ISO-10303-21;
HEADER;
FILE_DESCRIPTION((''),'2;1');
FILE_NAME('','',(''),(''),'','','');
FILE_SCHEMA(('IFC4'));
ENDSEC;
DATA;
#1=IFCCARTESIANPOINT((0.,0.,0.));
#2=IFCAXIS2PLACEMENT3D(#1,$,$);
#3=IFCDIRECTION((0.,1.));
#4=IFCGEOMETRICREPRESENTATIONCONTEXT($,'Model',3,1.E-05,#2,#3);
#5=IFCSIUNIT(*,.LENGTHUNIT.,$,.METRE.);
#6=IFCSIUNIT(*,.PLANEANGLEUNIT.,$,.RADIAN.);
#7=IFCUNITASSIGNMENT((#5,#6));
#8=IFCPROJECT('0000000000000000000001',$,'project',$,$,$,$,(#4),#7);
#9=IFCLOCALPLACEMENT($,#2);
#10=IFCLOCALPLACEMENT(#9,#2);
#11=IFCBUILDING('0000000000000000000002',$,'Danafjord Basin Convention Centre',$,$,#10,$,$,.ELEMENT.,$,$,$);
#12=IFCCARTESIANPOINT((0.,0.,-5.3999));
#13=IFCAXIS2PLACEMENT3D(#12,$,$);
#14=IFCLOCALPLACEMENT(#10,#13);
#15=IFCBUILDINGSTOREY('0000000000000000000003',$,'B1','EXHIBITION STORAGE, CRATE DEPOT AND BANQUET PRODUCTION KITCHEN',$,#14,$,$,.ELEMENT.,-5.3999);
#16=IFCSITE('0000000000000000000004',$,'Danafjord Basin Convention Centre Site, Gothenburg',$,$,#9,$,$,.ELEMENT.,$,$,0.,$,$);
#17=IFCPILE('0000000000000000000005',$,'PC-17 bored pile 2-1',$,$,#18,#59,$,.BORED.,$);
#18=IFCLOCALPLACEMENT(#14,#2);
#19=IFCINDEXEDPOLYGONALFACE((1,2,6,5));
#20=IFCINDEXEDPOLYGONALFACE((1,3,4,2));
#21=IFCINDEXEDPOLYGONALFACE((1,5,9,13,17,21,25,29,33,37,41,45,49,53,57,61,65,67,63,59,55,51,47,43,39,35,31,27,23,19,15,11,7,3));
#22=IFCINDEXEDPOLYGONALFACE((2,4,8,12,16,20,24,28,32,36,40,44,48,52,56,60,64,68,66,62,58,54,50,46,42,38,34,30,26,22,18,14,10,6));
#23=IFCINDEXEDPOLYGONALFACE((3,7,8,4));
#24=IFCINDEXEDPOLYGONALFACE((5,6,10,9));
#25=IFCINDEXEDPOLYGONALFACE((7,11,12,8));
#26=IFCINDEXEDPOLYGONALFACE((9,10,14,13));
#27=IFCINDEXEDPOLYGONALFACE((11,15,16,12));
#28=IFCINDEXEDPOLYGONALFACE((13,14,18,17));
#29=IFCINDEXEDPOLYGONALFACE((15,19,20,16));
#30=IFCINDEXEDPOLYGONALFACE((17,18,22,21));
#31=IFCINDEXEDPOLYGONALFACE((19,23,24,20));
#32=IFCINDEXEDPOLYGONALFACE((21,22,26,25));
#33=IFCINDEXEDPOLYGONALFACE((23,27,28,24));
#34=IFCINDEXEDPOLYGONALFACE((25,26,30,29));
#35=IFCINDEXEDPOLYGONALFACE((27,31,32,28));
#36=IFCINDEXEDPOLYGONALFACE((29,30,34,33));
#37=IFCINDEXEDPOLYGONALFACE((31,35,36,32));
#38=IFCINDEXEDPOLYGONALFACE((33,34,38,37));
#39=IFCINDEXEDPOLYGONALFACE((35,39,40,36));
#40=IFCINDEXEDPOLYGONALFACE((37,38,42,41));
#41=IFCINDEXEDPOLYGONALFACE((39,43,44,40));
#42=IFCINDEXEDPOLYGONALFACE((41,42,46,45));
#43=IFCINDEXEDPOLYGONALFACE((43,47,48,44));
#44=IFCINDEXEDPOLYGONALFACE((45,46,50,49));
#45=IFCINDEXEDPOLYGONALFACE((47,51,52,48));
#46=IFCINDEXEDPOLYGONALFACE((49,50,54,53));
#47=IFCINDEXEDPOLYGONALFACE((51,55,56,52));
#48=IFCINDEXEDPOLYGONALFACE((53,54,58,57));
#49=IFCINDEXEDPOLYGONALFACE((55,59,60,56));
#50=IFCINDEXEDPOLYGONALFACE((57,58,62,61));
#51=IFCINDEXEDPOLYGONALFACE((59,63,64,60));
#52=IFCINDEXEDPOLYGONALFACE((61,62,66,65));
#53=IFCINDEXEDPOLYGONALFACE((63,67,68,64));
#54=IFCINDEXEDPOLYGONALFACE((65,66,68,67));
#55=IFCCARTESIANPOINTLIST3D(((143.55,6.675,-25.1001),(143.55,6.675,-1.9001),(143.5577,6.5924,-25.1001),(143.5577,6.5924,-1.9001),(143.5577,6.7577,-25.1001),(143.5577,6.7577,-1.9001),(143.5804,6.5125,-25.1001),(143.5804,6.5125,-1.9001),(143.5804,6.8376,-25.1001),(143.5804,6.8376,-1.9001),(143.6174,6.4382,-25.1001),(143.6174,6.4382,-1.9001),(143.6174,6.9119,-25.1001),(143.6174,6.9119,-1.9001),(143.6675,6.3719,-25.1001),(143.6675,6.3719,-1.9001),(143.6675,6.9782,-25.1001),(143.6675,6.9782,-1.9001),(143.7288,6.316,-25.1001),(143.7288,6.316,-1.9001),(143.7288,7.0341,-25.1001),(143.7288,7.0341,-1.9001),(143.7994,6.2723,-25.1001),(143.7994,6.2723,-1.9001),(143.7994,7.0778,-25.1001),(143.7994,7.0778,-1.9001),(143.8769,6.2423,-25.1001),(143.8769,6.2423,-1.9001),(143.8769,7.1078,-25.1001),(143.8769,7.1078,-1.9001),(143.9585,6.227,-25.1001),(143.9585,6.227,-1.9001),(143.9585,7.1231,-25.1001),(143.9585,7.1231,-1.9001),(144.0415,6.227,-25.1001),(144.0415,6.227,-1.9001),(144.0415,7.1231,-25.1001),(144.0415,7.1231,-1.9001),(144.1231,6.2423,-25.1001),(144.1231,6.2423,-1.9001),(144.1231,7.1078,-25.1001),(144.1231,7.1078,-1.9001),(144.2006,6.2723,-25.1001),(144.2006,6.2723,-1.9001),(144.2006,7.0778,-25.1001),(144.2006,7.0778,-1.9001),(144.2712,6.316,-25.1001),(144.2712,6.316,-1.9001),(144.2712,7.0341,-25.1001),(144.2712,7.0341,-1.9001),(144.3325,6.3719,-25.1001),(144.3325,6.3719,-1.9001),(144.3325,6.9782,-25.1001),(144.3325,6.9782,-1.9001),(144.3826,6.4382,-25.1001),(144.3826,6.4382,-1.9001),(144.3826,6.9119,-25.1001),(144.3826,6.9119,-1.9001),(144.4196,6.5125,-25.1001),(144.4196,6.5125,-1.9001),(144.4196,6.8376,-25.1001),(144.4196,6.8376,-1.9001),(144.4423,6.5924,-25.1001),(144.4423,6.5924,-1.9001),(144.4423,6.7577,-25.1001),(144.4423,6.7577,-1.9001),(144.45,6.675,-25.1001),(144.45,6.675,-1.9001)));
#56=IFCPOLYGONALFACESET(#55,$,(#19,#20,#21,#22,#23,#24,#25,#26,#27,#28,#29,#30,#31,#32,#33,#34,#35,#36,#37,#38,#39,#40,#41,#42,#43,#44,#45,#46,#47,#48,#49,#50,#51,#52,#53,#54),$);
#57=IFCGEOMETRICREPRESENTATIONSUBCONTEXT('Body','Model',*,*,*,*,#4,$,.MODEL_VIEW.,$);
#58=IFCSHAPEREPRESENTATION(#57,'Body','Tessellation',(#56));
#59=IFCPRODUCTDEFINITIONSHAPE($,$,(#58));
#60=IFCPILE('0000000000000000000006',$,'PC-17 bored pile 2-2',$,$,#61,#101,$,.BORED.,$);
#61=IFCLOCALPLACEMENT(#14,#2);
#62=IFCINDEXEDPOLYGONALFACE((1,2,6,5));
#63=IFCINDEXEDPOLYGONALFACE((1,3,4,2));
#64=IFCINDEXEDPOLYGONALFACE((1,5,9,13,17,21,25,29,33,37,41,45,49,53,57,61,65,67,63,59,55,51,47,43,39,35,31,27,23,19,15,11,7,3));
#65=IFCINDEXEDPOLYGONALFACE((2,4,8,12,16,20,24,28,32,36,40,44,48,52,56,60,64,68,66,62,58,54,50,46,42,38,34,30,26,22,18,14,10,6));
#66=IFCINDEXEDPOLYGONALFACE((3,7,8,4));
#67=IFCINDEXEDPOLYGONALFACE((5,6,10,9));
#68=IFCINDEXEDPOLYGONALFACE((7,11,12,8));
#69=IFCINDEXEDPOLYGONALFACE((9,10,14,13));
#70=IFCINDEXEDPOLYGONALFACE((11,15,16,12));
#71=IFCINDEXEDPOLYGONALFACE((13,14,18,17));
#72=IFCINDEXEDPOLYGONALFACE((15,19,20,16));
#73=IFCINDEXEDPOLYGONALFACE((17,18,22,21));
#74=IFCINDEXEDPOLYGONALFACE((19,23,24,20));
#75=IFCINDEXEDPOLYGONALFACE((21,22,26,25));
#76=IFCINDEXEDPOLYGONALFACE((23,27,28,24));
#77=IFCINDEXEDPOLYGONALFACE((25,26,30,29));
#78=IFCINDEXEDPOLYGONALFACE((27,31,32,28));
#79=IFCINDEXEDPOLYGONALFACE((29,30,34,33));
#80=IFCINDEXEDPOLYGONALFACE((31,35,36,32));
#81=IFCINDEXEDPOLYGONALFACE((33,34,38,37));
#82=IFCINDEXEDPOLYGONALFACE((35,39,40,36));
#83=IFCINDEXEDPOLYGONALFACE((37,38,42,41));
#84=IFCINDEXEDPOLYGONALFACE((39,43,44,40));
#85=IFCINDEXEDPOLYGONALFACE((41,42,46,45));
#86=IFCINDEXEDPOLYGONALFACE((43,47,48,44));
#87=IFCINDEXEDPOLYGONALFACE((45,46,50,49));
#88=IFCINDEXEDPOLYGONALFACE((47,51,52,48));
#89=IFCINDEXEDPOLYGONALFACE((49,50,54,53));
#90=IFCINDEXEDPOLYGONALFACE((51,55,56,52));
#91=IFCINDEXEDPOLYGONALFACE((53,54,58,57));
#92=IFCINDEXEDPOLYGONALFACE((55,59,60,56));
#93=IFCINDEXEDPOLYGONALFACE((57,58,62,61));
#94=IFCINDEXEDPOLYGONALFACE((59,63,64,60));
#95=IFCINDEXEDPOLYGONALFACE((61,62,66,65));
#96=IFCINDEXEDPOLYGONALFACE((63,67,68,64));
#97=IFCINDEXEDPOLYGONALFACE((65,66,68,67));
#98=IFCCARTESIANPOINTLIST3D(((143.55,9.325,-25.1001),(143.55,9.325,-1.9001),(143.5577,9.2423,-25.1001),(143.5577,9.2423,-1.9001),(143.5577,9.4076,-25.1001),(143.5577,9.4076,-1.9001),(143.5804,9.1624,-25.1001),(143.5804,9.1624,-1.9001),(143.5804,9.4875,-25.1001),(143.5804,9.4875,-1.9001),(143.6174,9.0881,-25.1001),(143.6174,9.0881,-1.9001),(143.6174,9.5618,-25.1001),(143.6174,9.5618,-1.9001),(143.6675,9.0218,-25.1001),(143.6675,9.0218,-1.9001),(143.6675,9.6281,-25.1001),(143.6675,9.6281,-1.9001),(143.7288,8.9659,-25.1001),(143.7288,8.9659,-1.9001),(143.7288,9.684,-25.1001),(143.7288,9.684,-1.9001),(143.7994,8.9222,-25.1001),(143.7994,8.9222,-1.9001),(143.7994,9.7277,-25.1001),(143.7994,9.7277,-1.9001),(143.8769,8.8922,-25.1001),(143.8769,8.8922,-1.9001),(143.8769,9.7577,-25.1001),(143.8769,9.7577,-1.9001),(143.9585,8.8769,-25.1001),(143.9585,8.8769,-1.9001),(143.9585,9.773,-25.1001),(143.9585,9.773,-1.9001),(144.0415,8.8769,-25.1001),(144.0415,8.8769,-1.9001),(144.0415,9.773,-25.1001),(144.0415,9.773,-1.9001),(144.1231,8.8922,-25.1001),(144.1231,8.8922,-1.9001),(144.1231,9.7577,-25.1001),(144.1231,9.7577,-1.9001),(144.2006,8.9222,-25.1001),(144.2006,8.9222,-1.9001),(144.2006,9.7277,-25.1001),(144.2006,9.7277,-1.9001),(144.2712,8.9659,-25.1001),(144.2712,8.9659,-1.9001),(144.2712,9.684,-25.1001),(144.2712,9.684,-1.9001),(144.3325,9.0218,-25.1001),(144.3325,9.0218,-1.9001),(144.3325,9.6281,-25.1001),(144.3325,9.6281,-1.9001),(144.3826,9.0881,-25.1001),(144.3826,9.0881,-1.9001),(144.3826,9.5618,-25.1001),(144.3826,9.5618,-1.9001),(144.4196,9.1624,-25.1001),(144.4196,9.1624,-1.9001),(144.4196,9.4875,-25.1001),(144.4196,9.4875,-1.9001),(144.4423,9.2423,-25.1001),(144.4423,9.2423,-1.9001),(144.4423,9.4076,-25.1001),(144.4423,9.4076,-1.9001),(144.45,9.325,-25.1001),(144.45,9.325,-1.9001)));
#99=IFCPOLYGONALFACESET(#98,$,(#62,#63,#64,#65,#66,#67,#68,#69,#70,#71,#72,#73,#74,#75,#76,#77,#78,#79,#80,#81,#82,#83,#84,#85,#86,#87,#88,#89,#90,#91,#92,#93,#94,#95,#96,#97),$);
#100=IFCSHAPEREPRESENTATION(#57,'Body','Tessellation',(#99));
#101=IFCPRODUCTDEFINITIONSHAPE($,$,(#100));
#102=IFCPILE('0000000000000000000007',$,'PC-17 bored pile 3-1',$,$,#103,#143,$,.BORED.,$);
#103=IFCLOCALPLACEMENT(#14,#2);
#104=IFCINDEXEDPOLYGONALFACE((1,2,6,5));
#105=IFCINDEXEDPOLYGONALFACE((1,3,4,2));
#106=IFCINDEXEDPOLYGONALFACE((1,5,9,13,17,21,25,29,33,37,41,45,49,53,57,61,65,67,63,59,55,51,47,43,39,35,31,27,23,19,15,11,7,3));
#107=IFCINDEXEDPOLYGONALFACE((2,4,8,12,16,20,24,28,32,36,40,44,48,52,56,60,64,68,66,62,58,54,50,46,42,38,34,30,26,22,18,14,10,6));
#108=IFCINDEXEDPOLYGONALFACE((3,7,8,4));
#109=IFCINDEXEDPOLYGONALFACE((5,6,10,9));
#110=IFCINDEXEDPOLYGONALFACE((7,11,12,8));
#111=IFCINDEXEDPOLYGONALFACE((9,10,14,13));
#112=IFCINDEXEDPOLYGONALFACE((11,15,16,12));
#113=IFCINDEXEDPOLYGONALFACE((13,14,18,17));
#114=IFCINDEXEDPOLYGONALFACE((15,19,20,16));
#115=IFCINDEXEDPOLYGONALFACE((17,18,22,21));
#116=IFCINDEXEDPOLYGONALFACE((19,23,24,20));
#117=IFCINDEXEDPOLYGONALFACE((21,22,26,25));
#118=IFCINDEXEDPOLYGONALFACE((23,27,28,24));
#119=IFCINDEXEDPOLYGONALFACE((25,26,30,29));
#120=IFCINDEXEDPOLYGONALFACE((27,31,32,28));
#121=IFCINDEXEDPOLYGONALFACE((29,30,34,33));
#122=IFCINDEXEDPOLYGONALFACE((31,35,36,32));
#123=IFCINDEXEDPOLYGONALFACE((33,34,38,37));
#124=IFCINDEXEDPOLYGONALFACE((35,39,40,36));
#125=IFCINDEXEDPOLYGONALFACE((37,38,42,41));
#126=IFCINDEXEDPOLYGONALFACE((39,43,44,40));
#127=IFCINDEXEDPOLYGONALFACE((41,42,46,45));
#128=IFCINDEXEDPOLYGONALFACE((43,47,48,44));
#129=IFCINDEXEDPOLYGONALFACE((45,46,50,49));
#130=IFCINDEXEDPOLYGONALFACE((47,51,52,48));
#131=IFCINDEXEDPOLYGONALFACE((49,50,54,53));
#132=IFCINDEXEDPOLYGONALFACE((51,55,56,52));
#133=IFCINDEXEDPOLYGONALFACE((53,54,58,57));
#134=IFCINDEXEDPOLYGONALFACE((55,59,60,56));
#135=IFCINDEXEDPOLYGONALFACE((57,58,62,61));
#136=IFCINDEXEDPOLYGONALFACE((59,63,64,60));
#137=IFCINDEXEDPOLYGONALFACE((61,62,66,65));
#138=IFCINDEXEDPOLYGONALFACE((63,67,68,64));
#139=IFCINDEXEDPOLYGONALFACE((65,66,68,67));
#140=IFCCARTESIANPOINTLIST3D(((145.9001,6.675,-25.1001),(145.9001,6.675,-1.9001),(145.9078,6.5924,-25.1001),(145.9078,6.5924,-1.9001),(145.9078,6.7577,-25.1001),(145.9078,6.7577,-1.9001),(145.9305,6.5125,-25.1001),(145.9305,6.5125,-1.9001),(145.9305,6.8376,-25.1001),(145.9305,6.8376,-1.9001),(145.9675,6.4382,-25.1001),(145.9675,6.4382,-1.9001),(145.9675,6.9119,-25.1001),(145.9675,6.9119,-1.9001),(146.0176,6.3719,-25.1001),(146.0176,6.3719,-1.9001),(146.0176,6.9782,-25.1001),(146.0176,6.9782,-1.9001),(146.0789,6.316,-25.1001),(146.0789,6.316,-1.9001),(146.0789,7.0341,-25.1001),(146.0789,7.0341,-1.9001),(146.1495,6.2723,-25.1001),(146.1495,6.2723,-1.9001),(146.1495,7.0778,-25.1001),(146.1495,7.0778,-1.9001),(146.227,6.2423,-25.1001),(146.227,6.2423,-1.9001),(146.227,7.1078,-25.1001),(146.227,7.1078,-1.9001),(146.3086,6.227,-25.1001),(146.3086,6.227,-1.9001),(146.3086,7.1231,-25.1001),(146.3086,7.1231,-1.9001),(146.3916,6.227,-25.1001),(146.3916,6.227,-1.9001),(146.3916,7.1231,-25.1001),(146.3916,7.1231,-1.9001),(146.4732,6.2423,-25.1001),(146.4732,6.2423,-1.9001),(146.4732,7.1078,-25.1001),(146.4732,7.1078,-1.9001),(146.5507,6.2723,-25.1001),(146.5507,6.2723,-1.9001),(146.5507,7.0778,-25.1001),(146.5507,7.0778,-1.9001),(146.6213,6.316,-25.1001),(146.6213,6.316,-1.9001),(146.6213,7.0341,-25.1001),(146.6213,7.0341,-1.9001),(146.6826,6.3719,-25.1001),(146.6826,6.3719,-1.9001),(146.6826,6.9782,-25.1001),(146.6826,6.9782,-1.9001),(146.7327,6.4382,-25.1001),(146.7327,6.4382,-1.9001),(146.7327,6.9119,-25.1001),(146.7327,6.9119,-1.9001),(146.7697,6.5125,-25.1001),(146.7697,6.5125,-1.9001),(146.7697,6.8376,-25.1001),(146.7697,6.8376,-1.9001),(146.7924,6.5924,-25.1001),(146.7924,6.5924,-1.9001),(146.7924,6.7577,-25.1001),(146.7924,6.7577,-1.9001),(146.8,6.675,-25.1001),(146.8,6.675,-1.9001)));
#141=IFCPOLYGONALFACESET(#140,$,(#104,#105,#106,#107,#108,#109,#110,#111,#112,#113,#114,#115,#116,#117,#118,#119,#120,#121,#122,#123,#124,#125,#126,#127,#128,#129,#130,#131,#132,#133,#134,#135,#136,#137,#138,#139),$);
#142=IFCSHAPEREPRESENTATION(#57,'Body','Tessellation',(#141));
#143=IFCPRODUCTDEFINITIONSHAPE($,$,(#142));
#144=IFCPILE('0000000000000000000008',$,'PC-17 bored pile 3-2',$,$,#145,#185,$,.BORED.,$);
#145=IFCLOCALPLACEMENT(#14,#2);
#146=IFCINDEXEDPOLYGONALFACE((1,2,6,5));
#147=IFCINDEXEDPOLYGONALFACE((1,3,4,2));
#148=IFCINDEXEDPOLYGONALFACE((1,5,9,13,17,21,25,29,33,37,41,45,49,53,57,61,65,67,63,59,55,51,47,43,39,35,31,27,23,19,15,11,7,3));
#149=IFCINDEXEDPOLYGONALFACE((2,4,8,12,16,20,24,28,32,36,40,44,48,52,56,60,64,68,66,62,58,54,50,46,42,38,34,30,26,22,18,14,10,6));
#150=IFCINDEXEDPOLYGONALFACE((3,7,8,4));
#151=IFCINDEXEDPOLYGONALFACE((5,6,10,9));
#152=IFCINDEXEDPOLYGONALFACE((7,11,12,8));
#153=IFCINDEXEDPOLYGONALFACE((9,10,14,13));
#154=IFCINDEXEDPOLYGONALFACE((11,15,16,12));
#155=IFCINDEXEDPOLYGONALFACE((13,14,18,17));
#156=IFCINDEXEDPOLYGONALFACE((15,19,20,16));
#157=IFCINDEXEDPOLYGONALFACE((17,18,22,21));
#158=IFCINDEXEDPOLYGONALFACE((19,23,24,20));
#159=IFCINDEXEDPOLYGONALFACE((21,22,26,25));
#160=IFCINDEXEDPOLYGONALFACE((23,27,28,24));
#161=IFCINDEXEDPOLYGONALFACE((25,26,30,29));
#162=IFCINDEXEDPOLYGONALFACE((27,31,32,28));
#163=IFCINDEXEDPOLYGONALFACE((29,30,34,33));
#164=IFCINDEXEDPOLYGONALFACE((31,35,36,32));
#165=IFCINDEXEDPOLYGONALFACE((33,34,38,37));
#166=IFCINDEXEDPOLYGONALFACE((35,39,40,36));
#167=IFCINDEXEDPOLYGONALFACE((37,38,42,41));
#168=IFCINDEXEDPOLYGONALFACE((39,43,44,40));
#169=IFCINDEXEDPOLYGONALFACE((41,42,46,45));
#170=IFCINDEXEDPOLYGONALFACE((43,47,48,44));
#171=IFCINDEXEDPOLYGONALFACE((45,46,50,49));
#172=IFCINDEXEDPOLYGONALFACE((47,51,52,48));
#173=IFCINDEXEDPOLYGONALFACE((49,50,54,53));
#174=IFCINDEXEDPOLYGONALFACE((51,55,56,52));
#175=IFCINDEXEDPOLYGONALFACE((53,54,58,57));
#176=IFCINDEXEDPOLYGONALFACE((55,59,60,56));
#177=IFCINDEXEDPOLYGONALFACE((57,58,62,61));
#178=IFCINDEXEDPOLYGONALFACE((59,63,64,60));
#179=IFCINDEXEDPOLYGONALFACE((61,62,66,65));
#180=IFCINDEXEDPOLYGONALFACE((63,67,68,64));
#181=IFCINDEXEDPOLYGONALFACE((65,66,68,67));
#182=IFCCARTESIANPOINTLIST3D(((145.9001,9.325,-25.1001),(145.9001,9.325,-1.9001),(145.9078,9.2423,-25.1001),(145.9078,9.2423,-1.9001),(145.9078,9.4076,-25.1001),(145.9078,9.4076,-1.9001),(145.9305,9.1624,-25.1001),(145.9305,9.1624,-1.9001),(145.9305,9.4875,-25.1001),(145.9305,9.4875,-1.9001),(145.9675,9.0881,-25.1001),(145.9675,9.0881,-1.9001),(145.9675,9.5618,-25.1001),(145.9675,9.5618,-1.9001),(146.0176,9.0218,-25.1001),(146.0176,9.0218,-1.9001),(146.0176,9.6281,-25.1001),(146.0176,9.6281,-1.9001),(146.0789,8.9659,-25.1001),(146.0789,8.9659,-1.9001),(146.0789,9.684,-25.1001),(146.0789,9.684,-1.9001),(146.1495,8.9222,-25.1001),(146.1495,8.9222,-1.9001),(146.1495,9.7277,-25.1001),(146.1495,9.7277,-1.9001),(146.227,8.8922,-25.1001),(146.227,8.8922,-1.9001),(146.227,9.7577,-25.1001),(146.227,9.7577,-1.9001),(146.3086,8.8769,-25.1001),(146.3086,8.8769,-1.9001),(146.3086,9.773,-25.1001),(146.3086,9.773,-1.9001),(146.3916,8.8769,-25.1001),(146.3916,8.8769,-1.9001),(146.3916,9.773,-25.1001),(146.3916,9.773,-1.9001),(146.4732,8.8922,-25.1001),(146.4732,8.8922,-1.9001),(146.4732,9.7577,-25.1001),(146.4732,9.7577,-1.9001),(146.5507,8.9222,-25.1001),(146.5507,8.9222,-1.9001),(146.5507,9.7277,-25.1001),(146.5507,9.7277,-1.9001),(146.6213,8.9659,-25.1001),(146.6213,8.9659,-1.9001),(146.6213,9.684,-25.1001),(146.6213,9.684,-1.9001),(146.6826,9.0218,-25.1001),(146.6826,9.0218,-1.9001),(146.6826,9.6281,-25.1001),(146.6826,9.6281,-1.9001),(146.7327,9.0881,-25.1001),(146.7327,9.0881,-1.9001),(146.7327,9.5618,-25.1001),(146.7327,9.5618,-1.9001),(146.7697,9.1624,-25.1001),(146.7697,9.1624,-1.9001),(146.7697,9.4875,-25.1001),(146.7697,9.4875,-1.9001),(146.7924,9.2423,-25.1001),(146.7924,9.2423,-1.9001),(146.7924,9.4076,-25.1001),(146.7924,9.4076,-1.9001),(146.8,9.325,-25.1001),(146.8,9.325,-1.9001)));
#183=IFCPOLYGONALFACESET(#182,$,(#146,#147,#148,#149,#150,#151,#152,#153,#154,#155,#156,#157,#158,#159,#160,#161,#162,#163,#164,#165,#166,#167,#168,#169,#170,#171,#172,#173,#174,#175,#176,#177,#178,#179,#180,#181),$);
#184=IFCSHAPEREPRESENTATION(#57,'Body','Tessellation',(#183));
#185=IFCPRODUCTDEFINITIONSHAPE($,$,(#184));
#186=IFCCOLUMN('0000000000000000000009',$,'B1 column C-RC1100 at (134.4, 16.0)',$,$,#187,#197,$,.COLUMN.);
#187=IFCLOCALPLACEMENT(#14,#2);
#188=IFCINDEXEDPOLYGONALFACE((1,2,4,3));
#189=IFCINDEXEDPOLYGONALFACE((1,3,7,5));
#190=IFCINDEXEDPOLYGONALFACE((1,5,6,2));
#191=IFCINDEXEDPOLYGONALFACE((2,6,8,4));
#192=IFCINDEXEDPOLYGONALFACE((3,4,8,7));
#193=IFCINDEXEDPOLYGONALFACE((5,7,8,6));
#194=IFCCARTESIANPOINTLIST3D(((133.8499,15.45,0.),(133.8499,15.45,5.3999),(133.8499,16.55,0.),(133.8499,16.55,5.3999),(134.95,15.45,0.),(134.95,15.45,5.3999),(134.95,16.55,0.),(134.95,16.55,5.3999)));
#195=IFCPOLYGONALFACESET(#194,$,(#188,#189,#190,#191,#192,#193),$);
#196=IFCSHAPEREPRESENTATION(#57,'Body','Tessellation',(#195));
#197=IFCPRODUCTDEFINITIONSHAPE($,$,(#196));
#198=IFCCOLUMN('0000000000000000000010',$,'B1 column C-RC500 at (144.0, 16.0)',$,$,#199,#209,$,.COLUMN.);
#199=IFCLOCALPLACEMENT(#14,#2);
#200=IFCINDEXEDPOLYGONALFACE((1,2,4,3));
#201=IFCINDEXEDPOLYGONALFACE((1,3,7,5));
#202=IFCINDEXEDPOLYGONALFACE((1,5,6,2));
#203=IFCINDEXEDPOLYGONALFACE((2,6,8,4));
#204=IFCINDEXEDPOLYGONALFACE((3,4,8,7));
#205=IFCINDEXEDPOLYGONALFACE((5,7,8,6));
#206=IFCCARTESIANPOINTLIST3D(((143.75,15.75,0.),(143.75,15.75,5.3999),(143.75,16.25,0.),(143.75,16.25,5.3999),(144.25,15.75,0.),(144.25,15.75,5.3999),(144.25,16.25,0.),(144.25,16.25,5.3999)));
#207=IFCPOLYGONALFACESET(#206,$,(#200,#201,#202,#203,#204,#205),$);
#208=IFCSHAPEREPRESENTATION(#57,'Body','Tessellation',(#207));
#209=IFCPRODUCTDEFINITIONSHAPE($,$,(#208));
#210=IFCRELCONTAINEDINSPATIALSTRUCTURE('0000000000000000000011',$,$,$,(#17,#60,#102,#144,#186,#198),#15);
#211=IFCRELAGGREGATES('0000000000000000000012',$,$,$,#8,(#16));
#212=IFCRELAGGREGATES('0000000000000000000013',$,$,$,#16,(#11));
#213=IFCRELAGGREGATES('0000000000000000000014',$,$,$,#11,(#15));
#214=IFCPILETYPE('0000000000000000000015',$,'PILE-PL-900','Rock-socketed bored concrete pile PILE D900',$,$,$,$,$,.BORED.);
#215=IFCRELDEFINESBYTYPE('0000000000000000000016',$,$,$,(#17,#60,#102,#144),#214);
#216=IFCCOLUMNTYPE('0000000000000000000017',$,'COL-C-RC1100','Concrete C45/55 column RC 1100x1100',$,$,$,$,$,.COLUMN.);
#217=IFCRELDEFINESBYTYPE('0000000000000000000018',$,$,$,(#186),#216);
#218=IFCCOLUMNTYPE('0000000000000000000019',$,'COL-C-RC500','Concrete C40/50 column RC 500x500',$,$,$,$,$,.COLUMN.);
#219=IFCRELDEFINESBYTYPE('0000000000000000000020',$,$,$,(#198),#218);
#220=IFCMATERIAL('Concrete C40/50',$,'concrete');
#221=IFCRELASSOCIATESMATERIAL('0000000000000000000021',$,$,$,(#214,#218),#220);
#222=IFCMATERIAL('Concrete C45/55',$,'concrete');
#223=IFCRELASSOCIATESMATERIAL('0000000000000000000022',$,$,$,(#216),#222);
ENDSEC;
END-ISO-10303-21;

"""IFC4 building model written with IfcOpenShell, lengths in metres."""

from ifc_helpers import new_model, si_unit, direction, frame, origin, origin_2d, place, context, subcontext, project, spatial, rectangle, circle, extrude, material, material_profile, profile_set, type_object, element, save


model = new_model("IFC4")

# Units and contexts
model_context = context("Model", 3, precision=1e-05, world=origin(), true_north=direction((0.0, 1.0)))
body_context = subcontext(model_context, "Body", "Model", "MODEL_VIEW")
ifc_project = project(units=[si_unit("LENGTHUNIT", "METRE"), si_unit("PLANEANGLEUNIT", "RADIAN")], contexts=[model_context])

# Site, building, storey
site_placement = place(None, origin())
site = spatial("IfcSite", under=ifc_project, at=site_placement, Name="Danafjord Basin Convention Centre Site, Gothenburg", CompositionType="ELEMENT", RefElevation=0.0)
building_placement = place(site_placement, origin())
building = spatial("IfcBuilding", under=site, at=building_placement, Name="Danafjord Basin Convention Centre", CompositionType="ELEMENT")
storey_placement = place(building_placement, frame((0.0, 0.0, -5.3999)))
storey = spatial("IfcBuildingStorey", under=building, at=storey_placement, Name="B1", Description="EXHIBITION STORAGE, CRATE DEPOT AND BANQUET PRODUCTION KITCHEN", CompositionType="ELEMENT", Elevation=-5.3999)

# Shared definitions
ifc_material_1 = material(Name="Concrete C40/50", Category="concrete")

# Piles
ifc_material_profile_1 = material_profile(ifc_material_1, circle(Radius=0.45, at=origin_2d()), Name="PILE D900")
ifc_profile_set_1 = profile_set([ifc_material_profile_1], Name="Concrete C40/50")
pile_type = type_object("IfcPileType", Name="PILE-PL-900", Description="Rock-socketed bored concrete pile PILE D900", PredefinedType="BORED", material=ifc_profile_set_1)
for number, where, z_axis, x_axis, name in (
    (1, (144.0, 6.675, -1.9001), (0.0, 0.0, -1.0), (1.0, 0.0, 0.0), "PC-17 bored pile 2-1"),
    (2, (144.0, 9.325, -1.9001), (0.0, 0.0, -1.0), (1.0, 0.0, 0.0), "PC-17 bored pile 2-2"),
    (3, (146.3501, 6.675, -1.9001), (0.0, 0.0, -1.0), (1.0, 0.0, 0.0), "PC-17 bored pile 3-1"),
    (4, (146.3501, 9.325, -1.9001), (0.0, 0.0, -1.0), (1.0, 0.0, 0.0), "PC-17 bored pile 3-2"),
):
    element("IfcPile", number, at=place(storey_placement, frame(where, z_axis=z_axis, x_axis=x_axis)), inside=storey, type_object=pile_type, Name=name, PredefinedType="BORED", context=body_context, shape_type="SweptSolid", body=[
        extrude(circle(Radius=0.45, at=origin_2d()), origin(), (0.0, 0.0, 1.0), 23.2),
    ])

# Columns
ifc_material_2 = material(Name="Concrete C45/55", Category="concrete")
ifc_material_profile_2 = material_profile(ifc_material_2, rectangle(XDim=1.1001, YDim=1.1001, at=origin_2d()), Name="RC 1100x1100")
ifc_profile_set_2 = profile_set([ifc_material_profile_2], Name="Concrete C45/55")
column_type_1 = type_object("IfcColumnType", Name="COL-C-RC1100", Description="Concrete C45/55 column RC 1100x1100", PredefinedType="COLUMN", material=ifc_profile_set_2)
column_1_placement = place(storey_placement, frame((134.3999, 16.0, 0.0), z_axis=(0.0, 0.0, 1.0), x_axis=(1.0, 0.0, 0.0)))
element("IfcColumn", 5, at=column_1_placement, inside=storey, type_object=column_type_1, Name="B1 column C-RC1100 at (134.4, 16.0)", PredefinedType="COLUMN", context=body_context, shape_type="SweptSolid", body=[
    extrude(rectangle(XDim=1.1001, YDim=1.1001, at=origin_2d()), origin(), (0.0, 0.0, 1.0), 5.3999),
])
ifc_material_profile_3 = material_profile(ifc_material_1, rectangle(XDim=0.5, YDim=0.5, at=origin_2d()), Name="RC 500x500")
ifc_profile_set_3 = profile_set([ifc_material_profile_3], Name="Concrete C40/50")
column_type_2 = type_object("IfcColumnType", Name="COL-C-RC500", Description="Concrete C40/50 column RC 500x500", PredefinedType="COLUMN", material=ifc_profile_set_3)
column_2_placement = place(storey_placement, frame((144.0, 16.0, 0.0), z_axis=(0.0, 0.0, 1.0), x_axis=(1.0, 0.0, 0.0)))
element("IfcColumn", 6, at=column_2_placement, inside=storey, type_object=column_type_2, Name="B1 column C-RC500 at (144.0, 16.0)", PredefinedType="COLUMN", context=body_context, shape_type="SweptSolid", body=[
    extrude(rectangle(XDim=0.5, YDim=0.5, at=origin_2d()), origin(), (0.0, 0.0, 1.0), 5.3999),
])

save(model, "model.ifc")
